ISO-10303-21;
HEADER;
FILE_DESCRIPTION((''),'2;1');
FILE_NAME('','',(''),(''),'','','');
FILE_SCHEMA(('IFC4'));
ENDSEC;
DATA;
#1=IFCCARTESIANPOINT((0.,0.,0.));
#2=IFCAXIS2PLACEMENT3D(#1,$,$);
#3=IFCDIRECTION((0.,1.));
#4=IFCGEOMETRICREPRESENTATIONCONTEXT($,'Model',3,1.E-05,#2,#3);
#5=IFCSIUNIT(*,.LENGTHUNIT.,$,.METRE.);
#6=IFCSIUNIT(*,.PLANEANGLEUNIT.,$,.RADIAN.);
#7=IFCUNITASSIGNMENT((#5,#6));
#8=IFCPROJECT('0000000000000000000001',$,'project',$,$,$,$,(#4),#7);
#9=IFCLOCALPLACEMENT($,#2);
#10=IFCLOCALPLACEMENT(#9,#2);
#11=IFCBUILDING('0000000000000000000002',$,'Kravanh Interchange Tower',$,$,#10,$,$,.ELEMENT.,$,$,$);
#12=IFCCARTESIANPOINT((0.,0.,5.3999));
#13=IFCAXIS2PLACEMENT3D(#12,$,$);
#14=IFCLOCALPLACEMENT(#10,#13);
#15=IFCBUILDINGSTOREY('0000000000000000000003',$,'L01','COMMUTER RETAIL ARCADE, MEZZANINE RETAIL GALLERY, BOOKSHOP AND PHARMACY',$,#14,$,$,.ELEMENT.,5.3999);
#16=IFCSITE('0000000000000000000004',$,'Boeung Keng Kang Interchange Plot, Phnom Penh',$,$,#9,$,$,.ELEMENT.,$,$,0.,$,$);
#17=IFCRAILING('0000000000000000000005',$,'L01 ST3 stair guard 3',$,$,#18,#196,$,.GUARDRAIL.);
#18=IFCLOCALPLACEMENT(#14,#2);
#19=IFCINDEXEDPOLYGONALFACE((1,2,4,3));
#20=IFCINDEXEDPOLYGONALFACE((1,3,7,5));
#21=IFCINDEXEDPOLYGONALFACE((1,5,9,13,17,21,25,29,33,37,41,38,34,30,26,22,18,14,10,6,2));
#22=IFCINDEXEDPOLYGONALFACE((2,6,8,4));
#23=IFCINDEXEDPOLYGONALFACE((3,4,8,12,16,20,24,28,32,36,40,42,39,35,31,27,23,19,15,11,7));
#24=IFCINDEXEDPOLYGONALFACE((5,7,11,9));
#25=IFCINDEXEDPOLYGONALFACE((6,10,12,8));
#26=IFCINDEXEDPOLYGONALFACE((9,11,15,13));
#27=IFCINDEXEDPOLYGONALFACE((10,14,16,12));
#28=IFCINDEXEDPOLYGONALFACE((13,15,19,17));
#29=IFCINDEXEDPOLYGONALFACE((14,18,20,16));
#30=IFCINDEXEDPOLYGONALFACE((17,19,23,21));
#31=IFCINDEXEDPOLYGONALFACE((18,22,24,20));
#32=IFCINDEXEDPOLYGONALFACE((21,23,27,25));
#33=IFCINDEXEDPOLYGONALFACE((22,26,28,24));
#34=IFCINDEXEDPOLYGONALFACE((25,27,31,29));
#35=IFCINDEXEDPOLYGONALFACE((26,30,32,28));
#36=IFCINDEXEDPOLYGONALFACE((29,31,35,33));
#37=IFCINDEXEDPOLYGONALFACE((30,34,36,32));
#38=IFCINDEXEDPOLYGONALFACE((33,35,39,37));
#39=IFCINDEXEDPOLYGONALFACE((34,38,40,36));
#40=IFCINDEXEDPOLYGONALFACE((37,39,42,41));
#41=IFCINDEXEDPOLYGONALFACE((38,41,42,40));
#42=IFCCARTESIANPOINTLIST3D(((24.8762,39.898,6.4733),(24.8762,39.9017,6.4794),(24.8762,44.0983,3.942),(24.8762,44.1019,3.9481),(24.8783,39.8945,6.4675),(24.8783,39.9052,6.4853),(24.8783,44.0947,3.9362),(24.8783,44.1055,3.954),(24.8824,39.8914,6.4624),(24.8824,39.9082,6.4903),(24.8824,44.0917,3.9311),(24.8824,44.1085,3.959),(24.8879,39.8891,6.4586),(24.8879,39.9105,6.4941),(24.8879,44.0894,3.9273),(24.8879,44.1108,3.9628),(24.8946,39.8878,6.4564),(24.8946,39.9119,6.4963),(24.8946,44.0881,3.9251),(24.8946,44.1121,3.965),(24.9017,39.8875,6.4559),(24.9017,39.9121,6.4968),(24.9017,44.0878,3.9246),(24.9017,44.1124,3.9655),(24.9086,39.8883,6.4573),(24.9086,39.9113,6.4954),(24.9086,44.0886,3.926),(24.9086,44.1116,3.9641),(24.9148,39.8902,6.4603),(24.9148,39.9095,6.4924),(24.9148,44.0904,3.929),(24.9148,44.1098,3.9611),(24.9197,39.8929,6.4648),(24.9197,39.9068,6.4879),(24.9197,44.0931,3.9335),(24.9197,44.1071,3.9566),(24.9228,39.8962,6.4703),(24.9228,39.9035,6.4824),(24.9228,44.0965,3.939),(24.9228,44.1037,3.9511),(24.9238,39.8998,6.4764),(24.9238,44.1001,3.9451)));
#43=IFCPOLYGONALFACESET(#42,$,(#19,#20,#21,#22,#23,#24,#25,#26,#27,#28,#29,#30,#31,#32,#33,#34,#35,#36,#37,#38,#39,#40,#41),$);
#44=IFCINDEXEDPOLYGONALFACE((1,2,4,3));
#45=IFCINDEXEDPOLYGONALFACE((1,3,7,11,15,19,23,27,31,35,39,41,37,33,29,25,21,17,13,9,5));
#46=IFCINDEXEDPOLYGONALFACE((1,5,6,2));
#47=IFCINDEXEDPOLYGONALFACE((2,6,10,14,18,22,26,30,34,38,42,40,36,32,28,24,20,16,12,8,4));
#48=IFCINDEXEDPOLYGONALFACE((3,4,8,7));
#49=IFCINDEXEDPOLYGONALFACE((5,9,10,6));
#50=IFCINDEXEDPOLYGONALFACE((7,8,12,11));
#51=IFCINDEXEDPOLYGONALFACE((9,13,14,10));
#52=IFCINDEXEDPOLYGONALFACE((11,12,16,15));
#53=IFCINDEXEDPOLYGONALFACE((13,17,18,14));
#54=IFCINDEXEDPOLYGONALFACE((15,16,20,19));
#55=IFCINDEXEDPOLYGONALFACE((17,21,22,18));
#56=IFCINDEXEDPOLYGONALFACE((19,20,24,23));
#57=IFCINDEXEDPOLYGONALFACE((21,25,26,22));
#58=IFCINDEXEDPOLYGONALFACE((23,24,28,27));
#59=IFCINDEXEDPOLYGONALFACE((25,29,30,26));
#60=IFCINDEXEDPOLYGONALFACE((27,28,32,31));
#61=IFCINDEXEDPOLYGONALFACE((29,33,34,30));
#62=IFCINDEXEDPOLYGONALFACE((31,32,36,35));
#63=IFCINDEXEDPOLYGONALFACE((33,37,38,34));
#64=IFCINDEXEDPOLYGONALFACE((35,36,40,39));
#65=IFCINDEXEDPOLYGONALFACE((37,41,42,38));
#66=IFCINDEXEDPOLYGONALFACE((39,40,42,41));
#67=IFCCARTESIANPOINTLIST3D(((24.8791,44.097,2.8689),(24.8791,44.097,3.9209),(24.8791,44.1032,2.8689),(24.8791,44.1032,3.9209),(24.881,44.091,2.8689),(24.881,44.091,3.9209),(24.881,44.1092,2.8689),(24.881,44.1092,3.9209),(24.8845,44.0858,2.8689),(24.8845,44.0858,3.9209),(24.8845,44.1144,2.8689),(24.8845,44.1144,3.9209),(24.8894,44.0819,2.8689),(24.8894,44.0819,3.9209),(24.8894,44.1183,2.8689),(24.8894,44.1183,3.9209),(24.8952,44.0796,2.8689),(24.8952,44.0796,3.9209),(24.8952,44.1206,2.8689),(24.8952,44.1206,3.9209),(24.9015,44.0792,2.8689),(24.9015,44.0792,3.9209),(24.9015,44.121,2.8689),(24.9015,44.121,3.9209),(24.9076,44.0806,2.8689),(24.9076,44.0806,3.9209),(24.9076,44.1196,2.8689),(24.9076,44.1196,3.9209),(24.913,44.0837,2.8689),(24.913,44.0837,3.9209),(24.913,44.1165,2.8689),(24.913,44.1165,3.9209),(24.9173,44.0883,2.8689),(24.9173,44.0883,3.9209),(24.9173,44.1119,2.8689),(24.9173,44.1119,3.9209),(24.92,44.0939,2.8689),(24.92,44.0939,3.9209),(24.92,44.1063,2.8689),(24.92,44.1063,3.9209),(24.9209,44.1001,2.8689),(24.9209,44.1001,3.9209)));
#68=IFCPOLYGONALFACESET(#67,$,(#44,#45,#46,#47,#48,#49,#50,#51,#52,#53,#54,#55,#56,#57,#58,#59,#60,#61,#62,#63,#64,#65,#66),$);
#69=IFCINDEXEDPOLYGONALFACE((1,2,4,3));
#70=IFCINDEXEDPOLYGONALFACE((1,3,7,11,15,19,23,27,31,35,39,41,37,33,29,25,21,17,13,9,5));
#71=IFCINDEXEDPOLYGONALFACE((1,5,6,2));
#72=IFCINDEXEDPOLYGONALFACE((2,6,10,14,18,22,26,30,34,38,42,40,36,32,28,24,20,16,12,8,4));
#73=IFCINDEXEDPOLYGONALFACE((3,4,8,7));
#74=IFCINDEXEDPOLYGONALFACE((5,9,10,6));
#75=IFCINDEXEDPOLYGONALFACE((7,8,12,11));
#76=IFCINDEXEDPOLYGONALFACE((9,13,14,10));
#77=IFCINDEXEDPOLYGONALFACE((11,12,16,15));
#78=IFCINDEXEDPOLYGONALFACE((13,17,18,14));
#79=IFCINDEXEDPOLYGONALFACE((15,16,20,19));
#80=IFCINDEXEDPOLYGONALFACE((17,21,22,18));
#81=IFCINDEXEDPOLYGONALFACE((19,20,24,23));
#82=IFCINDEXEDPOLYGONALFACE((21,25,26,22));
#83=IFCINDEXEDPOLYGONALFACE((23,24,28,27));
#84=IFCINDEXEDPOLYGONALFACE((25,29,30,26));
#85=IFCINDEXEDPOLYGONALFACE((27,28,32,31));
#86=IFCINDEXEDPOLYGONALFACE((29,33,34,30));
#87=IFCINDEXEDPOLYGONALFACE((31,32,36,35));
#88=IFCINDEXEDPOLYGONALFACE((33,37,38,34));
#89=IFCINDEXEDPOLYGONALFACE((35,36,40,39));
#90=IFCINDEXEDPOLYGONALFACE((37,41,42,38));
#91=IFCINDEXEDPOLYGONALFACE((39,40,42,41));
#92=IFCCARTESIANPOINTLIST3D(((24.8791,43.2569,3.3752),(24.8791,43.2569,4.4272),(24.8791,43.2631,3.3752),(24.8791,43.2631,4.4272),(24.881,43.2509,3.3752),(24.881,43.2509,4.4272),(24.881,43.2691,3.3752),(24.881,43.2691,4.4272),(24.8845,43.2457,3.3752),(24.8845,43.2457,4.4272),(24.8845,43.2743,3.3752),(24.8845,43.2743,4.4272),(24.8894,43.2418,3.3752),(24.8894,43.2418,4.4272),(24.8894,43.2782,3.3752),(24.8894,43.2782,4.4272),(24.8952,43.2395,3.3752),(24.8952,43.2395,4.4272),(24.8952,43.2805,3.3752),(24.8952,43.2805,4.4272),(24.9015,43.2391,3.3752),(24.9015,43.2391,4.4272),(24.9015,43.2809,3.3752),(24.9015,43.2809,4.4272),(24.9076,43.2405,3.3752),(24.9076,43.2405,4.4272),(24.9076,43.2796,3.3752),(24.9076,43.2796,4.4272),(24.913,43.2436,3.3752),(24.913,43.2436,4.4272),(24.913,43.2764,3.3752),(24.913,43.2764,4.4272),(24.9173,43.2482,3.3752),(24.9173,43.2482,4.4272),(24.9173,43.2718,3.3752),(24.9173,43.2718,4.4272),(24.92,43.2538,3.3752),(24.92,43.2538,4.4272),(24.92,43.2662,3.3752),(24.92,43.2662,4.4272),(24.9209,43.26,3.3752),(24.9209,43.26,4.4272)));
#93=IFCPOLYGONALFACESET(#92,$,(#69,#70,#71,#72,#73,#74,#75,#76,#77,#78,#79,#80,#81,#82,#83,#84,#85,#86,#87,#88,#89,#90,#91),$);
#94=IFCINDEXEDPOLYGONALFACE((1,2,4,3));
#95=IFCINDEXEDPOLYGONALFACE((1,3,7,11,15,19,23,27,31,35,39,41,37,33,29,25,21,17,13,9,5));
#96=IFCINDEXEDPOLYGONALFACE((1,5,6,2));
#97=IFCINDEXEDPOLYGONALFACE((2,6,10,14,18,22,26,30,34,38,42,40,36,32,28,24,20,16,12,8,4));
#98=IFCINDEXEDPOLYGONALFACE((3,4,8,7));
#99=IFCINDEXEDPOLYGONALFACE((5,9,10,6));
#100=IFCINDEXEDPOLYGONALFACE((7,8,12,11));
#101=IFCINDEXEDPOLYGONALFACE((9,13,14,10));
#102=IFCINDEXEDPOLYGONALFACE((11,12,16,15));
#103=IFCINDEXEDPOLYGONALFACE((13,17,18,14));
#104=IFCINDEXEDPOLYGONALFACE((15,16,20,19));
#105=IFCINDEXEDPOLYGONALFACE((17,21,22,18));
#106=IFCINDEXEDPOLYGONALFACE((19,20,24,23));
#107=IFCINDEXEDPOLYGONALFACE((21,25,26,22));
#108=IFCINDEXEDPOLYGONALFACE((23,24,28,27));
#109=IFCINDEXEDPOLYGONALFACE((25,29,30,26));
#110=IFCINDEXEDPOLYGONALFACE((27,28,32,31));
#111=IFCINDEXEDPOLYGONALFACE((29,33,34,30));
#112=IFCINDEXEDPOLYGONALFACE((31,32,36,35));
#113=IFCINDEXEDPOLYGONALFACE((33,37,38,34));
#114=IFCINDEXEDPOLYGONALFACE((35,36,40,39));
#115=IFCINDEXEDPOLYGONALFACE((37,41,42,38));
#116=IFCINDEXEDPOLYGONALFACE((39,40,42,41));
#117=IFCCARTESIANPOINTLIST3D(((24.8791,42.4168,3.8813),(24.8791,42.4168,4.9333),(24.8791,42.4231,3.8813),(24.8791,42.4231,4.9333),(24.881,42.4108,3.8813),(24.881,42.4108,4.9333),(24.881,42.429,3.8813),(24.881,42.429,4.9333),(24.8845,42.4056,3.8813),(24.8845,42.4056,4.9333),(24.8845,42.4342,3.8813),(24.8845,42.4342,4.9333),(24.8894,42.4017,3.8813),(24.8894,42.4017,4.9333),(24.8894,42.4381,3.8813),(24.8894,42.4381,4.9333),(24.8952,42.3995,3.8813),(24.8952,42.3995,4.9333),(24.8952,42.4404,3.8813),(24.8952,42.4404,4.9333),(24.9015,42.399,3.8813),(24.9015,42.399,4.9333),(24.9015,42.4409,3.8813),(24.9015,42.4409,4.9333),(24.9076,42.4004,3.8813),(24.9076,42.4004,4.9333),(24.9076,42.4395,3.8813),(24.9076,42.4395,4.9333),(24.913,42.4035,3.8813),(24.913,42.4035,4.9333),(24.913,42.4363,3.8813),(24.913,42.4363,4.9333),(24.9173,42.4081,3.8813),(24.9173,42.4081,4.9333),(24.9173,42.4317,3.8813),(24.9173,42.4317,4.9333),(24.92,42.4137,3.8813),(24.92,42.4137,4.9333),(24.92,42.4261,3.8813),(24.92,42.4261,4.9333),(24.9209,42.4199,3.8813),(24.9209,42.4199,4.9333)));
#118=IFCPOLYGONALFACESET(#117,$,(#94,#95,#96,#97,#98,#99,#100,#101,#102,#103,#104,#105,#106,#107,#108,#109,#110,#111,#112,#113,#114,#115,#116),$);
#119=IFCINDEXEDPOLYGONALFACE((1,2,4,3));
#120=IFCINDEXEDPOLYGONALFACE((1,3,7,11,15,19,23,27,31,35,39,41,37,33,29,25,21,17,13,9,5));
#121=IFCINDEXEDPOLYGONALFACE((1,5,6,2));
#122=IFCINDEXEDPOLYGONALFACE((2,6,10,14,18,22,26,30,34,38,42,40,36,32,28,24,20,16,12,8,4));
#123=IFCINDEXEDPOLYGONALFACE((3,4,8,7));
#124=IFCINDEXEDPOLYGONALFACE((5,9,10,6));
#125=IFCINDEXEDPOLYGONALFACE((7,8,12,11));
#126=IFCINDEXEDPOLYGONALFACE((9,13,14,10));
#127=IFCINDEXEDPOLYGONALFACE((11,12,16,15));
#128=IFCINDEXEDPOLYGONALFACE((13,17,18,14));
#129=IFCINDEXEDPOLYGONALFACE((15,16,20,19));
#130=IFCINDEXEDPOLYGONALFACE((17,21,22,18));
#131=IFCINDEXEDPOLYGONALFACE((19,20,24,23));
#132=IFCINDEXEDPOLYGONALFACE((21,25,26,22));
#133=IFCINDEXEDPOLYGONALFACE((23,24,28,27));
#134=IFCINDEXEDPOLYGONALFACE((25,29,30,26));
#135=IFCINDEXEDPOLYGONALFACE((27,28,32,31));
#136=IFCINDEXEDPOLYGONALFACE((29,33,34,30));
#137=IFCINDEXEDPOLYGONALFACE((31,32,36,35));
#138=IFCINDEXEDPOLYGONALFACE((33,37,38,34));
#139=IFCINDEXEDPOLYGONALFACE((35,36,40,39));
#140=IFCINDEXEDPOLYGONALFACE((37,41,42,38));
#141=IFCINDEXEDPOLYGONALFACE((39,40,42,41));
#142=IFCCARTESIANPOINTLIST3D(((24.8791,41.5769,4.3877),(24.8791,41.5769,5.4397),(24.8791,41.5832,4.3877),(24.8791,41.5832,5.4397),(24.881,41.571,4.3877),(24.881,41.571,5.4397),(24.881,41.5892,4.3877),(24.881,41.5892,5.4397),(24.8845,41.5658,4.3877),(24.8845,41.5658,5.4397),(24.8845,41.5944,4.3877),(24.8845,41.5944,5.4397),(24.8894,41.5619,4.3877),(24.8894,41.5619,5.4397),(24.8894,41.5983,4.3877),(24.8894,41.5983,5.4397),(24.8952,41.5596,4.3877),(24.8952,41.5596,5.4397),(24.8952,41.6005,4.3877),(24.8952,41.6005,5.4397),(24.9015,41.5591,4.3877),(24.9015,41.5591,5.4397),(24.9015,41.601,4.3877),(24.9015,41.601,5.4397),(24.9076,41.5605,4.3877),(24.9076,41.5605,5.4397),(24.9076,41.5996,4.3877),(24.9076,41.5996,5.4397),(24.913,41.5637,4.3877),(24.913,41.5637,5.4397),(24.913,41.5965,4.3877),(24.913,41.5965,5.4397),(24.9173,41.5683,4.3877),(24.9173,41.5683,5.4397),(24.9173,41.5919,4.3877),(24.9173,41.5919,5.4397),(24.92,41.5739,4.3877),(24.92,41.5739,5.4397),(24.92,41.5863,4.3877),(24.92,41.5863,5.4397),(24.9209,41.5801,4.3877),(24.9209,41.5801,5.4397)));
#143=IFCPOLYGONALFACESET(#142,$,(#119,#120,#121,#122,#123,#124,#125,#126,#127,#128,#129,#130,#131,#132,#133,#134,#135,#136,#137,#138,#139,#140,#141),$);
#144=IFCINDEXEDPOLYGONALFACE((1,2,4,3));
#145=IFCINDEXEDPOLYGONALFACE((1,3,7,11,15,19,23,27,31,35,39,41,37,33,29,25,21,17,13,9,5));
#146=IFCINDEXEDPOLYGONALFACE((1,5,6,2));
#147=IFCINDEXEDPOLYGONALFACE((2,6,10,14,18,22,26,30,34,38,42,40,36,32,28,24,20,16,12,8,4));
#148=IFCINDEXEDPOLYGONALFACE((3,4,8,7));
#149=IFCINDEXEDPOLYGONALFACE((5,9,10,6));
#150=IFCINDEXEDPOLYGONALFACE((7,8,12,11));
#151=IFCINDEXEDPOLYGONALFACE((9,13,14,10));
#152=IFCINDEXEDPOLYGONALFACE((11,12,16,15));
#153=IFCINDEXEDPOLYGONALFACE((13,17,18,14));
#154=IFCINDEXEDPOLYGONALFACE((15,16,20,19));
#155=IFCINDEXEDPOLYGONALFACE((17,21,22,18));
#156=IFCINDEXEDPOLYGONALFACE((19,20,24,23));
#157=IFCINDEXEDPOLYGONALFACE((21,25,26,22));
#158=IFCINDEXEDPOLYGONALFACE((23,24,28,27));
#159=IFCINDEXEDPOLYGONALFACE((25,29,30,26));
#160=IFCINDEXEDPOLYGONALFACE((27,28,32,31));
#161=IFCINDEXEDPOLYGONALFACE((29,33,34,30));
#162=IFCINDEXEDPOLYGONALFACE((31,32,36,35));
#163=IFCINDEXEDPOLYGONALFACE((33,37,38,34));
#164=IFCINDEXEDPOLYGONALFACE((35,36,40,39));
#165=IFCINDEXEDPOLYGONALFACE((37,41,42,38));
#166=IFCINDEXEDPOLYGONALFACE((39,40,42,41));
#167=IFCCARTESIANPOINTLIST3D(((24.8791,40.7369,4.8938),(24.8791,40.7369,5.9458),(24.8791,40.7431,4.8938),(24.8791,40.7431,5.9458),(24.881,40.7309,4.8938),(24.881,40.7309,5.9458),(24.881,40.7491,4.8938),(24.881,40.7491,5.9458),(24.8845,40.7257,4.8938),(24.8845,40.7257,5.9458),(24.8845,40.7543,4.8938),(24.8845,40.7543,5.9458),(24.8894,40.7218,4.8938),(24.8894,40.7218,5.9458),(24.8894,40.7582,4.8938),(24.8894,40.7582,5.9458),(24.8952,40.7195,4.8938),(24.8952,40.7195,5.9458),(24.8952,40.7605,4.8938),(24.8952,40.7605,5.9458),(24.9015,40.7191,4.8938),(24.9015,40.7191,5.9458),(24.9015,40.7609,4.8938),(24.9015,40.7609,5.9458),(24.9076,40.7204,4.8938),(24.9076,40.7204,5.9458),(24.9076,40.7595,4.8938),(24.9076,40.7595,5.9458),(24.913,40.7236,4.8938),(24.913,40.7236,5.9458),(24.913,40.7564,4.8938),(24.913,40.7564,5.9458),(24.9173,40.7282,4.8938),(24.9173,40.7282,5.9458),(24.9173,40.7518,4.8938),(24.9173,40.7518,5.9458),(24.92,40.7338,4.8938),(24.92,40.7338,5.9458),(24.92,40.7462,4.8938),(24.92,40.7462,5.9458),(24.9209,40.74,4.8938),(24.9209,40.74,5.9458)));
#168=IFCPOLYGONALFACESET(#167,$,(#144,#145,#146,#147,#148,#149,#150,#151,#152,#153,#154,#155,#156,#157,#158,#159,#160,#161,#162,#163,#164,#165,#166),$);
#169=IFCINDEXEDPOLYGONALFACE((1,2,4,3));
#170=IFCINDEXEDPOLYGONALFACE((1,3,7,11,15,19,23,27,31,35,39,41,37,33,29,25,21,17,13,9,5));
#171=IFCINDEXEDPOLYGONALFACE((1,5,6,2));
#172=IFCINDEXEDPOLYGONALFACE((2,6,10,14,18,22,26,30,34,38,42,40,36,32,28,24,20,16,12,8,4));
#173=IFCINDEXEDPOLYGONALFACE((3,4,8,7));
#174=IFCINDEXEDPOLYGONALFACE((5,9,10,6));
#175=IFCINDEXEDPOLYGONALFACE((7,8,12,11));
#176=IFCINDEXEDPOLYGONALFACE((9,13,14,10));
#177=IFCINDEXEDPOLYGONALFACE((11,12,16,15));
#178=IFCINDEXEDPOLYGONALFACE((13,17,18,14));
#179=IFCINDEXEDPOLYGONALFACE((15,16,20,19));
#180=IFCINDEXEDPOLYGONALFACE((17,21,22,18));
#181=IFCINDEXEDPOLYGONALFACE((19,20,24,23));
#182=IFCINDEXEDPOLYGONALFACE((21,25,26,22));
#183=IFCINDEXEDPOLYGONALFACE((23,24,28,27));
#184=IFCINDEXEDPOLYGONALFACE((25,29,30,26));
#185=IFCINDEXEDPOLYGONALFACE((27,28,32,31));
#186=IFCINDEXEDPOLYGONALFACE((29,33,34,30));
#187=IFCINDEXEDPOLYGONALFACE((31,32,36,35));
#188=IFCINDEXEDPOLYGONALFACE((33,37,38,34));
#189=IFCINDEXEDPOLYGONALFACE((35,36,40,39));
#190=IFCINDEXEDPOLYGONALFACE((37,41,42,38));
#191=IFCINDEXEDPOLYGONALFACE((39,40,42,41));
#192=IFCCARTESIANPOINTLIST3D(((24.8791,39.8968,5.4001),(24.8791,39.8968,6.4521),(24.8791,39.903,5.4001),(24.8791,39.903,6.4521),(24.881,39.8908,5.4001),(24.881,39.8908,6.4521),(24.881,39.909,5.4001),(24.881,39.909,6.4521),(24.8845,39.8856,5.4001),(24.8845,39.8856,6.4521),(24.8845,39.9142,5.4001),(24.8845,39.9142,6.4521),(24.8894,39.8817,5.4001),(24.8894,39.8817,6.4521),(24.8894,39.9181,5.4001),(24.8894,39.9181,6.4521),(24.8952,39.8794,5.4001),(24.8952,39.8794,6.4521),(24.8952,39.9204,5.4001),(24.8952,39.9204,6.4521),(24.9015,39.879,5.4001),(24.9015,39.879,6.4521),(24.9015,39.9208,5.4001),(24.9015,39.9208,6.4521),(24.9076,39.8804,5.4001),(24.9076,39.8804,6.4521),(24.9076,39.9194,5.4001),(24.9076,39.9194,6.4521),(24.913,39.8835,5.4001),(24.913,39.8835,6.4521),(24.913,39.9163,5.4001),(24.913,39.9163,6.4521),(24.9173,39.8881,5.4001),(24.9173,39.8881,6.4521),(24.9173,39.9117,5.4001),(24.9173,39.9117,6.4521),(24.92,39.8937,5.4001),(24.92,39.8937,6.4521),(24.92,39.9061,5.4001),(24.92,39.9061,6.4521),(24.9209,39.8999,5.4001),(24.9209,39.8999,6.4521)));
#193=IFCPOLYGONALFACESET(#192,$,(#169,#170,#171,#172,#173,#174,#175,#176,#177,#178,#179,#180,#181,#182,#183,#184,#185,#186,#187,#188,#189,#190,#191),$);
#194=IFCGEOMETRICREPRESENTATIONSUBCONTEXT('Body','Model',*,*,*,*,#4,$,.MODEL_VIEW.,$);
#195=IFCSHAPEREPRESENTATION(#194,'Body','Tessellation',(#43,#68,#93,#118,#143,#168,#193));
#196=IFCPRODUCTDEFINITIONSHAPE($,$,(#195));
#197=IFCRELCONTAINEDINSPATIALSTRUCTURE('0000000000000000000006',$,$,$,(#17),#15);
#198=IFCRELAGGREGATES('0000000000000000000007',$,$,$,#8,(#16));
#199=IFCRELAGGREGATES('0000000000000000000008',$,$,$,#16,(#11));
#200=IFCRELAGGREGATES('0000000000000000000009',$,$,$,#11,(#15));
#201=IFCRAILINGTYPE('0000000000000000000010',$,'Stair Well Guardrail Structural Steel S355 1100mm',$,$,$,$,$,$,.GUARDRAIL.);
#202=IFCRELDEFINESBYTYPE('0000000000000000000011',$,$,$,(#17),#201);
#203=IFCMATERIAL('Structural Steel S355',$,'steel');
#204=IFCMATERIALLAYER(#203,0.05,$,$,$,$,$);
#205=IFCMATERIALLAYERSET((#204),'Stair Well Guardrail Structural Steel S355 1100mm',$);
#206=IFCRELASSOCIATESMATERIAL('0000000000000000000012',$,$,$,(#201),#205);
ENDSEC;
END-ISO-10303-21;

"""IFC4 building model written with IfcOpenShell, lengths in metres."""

from ifc_helpers import new_model, si_unit, direction, frame, origin, origin_2d, place, context, subcontext, project, spatial, circle, extrude, material, layer, layer_set, type_object, element, save


model = new_model("IFC4")

# Units and contexts
model_context = context("Model", 3, precision=1e-05, world=origin(), true_north=direction((0.0, 1.0)))
body_context = subcontext(model_context, "Body", "Model", "MODEL_VIEW")
ifc_project = project(units=[si_unit("LENGTHUNIT", "METRE"), si_unit("PLANEANGLEUNIT", "RADIAN")], contexts=[model_context])

# Site, building, storey
site_placement = place(None, origin())
site = spatial("IfcSite", under=ifc_project, at=site_placement, Name="Boeung Keng Kang Interchange Plot, Phnom Penh", CompositionType="ELEMENT", RefElevation=0.0)
building_placement = place(site_placement, origin())
building = spatial("IfcBuilding", under=site, at=building_placement, Name="Kravanh Interchange Tower", CompositionType="ELEMENT")
storey_placement = place(building_placement, frame((0.0, 0.0, 5.3999)))
storey = spatial("IfcBuildingStorey", under=building, at=storey_placement, Name="L01", Description="COMMUTER RETAIL ARCADE, MEZZANINE RETAIL GALLERY, BOOKSHOP AND PHARMACY", CompositionType="ELEMENT", Elevation=5.3999)

# Railing
ifc_material_1 = material(Name="Structural Steel S355", Category="steel")
ifc_layer_1 = layer(ifc_material_1, 0.05)
ifc_layer_set_1 = layer_set([ifc_layer_1], Name="Stair Well Guardrail Structural Steel S355 1100mm")
railing_type_1 = type_object("IfcRailingType", Name="Stair Well Guardrail Structural Steel S355 1100mm", PredefinedType="GUARDRAIL", material=ifc_layer_set_1)
railing_1_placement = place(storey_placement, frame((24.8999, 44.1001, 2.8689)))
element("IfcRailing", 1, at=railing_1_placement, inside=storey, type_object=railing_type_1, Name="L01 ST3 stair guard 3", PredefinedType="GUARDRAIL", context=body_context, shape_type="SweptSolid", body=[
    extrude(circle(Radius=0.0239, at=origin_2d()), frame((0.0, 0.0, 1.0762), z_axis=(0.0, -0.85649, 0.516164), x_axis=(1.0, 0.0, 0.0)), (0.0, 0.0, 1.0), 4.9041),
    extrude(circle(Radius=0.021, at=origin_2d()), origin(), (0.0, 0.0, 1.0), 1.052),
    extrude(circle(Radius=0.021, at=origin_2d()), frame((0.0, -0.8401, 0.5063)), (0.0, 0.0, 1.0), 1.052),
    extrude(circle(Radius=0.021, at=origin_2d()), frame((0.0, -1.6802, 1.0125)), (0.0, 0.0, 1.0), 1.052),
    extrude(circle(Radius=0.021, at=origin_2d()), frame((0.0, -2.52, 1.5188)), (0.0, 0.0, 1.0), 1.052),
    extrude(circle(Radius=0.021, at=origin_2d()), frame((0.0, -3.3601, 2.0249)), (0.0, 0.0, 1.0), 1.052),
    extrude(circle(Radius=0.021, at=origin_2d()), frame((0.0, -4.2002, 2.5312)), (0.0, 0.0, 1.0), 1.052),
])

save(model, "model.ifc")
